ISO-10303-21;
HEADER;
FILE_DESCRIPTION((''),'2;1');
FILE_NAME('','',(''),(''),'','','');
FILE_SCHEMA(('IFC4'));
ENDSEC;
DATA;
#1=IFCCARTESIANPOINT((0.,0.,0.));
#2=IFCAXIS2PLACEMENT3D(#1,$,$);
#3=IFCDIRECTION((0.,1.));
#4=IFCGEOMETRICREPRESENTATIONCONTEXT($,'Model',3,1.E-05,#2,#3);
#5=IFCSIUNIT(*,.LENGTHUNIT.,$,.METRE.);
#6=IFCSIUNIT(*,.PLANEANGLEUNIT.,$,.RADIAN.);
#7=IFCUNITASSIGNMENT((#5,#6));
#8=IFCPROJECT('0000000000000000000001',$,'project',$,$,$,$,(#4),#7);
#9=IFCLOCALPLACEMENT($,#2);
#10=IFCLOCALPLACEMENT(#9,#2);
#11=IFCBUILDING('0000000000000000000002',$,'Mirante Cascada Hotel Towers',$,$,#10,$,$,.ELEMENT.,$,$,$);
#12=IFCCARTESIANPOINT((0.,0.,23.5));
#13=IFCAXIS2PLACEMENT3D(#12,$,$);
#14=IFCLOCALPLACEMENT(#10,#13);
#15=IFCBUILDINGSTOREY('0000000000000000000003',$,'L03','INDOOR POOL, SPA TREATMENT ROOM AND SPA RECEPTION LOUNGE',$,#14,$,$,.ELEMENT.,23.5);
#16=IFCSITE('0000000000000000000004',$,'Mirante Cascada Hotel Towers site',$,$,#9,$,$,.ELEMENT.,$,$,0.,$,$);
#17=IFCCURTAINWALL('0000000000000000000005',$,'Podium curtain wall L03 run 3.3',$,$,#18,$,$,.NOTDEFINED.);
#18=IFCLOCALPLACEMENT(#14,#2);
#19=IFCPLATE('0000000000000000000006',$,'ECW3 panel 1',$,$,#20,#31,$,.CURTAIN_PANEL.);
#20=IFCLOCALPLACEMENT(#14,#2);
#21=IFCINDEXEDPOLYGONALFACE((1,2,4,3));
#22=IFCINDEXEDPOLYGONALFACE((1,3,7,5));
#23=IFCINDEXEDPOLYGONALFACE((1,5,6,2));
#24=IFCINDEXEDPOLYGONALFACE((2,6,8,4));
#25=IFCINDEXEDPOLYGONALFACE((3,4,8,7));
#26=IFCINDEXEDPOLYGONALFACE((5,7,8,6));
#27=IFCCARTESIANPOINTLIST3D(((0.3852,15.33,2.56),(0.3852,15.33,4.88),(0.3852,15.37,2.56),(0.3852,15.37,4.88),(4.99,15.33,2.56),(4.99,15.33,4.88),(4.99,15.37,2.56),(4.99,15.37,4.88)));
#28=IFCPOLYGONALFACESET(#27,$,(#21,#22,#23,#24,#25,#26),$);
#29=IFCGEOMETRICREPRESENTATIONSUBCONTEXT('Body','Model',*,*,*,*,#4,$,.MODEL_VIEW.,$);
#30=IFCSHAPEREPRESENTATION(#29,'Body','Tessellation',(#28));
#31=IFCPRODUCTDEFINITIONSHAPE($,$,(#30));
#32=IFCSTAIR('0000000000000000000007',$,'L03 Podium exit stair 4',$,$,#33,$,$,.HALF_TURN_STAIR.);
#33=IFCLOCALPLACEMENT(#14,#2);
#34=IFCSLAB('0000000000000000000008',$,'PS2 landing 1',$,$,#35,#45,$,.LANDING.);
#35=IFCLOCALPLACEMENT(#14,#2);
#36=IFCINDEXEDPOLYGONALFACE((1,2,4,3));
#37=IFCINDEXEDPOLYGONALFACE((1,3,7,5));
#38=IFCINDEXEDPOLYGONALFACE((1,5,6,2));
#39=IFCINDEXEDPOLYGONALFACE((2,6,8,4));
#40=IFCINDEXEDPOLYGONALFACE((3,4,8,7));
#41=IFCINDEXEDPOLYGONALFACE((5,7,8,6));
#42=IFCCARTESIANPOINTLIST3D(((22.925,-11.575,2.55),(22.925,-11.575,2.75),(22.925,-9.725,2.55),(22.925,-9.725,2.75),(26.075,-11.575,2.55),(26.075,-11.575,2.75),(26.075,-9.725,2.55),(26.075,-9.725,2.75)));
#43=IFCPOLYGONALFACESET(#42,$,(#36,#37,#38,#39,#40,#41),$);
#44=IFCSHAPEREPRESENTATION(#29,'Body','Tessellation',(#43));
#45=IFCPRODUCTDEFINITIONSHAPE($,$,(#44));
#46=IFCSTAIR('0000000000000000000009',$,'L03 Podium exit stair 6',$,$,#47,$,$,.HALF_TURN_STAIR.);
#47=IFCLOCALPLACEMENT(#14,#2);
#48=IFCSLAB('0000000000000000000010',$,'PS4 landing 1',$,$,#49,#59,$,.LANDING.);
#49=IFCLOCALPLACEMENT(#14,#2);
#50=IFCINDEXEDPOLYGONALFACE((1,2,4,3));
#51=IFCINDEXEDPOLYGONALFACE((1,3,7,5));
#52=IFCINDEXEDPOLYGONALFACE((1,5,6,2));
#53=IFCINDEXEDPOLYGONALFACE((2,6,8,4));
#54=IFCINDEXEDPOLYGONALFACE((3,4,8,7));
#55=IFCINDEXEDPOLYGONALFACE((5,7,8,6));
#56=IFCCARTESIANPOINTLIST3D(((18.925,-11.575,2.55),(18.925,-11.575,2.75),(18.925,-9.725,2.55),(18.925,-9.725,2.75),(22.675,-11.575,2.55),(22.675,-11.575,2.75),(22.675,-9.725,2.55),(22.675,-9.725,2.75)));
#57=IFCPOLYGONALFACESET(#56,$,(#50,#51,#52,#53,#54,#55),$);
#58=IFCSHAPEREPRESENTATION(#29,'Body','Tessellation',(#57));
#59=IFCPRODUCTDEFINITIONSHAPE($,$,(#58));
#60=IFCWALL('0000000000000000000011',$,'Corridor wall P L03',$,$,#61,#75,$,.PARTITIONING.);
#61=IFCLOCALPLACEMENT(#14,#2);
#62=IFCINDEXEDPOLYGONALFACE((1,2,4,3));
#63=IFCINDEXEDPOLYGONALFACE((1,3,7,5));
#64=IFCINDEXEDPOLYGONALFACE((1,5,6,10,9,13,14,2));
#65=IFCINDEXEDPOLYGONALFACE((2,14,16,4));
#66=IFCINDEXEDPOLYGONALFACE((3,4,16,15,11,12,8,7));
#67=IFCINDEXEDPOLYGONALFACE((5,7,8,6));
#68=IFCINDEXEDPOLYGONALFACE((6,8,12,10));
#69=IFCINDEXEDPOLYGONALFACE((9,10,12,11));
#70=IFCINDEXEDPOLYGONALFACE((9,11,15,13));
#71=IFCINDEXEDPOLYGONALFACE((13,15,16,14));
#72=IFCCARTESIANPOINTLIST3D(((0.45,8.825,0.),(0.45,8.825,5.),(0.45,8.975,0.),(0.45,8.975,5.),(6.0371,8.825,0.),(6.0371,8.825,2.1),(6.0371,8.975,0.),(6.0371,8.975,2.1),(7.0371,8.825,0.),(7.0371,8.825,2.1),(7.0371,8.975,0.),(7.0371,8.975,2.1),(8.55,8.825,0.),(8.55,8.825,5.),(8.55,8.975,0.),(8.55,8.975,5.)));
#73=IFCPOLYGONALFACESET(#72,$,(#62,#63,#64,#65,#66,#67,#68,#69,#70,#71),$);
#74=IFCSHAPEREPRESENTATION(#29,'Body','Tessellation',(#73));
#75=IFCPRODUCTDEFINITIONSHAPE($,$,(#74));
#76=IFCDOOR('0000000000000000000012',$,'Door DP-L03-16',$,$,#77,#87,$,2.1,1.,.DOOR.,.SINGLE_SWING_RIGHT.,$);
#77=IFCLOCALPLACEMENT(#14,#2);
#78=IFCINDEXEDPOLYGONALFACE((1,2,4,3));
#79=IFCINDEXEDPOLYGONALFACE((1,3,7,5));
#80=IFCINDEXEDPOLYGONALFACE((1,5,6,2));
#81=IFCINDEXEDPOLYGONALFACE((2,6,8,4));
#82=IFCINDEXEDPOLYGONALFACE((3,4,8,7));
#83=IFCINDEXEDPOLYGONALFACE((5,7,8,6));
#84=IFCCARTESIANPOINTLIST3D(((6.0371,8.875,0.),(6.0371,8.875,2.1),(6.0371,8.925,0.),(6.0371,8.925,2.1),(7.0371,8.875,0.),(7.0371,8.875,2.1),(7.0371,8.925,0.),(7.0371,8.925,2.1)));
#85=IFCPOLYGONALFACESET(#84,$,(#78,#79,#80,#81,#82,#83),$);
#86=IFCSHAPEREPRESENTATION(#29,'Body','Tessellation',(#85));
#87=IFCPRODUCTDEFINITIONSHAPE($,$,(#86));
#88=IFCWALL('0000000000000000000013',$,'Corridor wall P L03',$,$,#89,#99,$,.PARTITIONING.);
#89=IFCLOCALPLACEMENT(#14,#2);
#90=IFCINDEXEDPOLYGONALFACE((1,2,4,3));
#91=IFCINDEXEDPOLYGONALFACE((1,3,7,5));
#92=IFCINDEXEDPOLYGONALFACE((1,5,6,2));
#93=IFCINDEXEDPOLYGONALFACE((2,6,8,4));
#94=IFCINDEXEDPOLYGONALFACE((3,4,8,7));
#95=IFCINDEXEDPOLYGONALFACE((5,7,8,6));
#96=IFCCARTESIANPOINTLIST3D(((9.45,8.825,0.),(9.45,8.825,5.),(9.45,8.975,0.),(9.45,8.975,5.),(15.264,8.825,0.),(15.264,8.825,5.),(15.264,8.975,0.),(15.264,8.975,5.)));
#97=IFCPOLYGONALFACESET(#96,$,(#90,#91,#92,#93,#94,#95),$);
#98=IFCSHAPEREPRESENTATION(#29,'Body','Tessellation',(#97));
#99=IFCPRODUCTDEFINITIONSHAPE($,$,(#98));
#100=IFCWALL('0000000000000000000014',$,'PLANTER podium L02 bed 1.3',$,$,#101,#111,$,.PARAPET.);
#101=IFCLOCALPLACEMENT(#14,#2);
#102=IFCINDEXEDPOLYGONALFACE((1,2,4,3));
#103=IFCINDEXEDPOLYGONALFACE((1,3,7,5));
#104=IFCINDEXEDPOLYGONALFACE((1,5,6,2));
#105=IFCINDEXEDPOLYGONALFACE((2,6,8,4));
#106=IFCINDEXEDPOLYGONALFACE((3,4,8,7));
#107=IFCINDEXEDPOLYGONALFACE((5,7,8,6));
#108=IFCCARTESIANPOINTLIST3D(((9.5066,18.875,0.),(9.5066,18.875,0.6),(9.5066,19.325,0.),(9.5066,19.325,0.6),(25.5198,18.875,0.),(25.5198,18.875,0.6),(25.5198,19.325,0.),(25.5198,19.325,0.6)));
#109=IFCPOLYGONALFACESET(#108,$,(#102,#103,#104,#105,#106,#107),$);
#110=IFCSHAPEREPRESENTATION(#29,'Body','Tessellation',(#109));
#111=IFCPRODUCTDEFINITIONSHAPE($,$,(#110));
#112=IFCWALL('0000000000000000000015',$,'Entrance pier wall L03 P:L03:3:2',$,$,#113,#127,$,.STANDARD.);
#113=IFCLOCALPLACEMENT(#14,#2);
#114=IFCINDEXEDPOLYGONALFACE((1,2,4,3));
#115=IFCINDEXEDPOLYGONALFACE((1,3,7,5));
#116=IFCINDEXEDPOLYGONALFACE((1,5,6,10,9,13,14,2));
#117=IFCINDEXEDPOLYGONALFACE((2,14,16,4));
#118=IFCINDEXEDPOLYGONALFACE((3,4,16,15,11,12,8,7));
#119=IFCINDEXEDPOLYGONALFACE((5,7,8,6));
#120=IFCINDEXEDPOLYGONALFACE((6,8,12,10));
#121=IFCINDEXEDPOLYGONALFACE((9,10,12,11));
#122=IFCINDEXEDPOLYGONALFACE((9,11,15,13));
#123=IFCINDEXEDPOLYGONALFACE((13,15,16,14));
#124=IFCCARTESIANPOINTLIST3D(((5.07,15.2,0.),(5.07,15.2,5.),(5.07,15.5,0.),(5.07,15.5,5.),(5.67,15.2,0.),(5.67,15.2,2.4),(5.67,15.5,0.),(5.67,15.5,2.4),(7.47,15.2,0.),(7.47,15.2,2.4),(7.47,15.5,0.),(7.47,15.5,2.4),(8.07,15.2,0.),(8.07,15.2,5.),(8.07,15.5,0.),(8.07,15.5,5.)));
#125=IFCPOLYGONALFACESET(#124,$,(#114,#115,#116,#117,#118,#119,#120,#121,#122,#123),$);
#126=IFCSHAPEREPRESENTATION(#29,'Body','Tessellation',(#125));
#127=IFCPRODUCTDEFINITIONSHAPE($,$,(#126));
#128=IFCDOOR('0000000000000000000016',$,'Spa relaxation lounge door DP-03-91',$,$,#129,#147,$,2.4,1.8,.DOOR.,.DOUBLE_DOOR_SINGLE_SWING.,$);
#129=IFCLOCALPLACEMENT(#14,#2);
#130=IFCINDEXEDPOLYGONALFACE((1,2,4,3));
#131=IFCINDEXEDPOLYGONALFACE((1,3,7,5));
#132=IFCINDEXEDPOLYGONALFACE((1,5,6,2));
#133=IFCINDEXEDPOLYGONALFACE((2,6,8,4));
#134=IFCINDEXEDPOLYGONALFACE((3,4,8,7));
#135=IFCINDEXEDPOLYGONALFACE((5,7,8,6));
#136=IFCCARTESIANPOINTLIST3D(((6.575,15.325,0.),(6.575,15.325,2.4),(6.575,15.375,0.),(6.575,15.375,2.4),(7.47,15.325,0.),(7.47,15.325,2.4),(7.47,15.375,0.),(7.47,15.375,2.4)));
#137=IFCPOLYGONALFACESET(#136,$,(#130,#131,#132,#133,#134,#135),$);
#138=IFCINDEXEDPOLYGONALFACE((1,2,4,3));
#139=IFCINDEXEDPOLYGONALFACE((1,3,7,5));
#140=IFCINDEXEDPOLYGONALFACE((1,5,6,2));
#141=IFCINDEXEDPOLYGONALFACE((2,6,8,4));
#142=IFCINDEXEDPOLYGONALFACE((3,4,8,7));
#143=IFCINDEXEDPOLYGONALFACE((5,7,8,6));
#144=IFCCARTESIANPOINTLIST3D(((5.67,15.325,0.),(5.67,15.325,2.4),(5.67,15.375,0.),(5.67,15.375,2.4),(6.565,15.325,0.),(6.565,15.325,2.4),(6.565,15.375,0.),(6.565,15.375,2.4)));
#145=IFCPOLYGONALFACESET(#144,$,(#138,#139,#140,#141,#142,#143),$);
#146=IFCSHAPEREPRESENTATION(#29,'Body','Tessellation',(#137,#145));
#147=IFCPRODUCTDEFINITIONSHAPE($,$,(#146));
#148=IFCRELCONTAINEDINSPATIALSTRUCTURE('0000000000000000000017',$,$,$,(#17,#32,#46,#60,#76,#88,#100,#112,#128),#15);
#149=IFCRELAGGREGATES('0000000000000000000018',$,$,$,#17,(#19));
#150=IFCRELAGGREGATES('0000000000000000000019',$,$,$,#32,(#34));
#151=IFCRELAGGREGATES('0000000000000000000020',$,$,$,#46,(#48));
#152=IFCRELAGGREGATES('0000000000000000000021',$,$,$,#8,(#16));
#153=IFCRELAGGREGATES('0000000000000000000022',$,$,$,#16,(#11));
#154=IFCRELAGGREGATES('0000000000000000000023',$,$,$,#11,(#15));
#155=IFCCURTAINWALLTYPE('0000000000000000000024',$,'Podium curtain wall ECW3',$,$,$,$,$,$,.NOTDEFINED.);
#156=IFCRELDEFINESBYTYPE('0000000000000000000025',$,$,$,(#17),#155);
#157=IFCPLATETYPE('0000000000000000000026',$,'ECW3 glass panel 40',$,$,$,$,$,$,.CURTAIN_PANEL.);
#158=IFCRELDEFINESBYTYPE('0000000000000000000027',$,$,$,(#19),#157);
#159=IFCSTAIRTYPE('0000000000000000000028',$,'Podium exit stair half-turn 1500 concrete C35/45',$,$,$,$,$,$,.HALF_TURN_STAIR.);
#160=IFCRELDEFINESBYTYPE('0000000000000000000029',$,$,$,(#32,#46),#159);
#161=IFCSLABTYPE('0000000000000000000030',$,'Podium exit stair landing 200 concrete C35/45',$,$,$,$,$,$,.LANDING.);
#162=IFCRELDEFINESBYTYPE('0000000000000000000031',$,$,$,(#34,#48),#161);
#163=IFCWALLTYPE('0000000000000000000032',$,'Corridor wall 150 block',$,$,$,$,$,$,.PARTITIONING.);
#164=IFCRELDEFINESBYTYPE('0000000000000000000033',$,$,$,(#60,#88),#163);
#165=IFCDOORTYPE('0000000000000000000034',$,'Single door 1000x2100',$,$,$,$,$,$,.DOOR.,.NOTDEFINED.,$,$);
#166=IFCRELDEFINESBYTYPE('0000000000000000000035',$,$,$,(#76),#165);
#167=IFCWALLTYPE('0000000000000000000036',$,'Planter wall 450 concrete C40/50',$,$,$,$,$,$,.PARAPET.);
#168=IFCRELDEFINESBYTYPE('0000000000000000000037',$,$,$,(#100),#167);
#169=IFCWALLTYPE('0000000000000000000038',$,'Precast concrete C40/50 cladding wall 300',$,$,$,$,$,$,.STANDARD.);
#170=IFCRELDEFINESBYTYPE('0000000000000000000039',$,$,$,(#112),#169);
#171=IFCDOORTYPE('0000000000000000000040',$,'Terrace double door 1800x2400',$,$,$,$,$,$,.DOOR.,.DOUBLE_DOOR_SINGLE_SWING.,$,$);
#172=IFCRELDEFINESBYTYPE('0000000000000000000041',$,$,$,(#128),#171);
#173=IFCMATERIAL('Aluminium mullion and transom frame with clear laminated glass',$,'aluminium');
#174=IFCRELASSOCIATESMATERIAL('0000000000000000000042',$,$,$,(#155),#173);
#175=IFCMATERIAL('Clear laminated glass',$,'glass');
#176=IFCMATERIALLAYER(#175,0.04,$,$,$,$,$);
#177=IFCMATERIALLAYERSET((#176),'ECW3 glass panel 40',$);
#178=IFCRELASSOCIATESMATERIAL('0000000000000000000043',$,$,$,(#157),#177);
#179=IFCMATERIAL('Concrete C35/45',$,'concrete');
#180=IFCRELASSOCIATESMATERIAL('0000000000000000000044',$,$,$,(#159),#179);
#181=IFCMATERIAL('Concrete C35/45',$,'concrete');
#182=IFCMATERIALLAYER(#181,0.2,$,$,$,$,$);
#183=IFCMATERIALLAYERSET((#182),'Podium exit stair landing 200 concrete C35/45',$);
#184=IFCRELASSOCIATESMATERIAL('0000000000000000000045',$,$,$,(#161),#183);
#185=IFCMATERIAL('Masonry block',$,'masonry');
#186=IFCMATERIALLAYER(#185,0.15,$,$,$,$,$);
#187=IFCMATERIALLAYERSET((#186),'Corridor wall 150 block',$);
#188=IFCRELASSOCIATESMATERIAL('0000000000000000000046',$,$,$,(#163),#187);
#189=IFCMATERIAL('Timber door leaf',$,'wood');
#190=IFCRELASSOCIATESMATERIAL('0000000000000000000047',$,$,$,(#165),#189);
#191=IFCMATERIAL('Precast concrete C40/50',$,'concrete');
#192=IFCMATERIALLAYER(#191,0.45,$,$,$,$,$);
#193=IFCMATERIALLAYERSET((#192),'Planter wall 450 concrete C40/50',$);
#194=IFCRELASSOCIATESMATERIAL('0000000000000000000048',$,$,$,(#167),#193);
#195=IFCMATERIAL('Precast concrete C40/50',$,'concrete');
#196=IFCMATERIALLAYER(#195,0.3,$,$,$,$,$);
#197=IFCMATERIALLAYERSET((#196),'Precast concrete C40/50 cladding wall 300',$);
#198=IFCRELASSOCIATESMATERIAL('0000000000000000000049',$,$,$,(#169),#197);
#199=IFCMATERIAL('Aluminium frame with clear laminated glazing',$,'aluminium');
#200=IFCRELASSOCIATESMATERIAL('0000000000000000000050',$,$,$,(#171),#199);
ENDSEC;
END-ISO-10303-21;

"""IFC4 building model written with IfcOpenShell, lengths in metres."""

from ifc_helpers import new_model, si_unit, direction, frame, frame_2d, origin, origin_2d, place, context, subcontext, project, spatial, polyline, rectangle, outline, extrude, material, layer, layer_set, type_object, element, fill, aggregate, save


model = new_model("IFC4")

# Units and contexts
model_context = context("Model", 3, precision=1e-05, world=origin(), true_north=direction((0.0, 1.0)))
body_context = subcontext(model_context, "Body", "Model", "MODEL_VIEW")
ifc_project = project(units=[si_unit("LENGTHUNIT", "METRE"), si_unit("PLANEANGLEUNIT", "RADIAN")], contexts=[model_context])

# Site, building, storey
site_placement = place(None, origin())
site = spatial("IfcSite", under=ifc_project, at=site_placement, Name="Mirante Cascada Hotel Towers site", CompositionType="ELEMENT", RefElevation=0.0)
building_placement = place(site_placement, origin())
building = spatial("IfcBuilding", under=site, at=building_placement, Name="Mirante Cascada Hotel Towers", CompositionType="ELEMENT")
storey_placement = place(building_placement, frame((0.0, 0.0, 23.5)))
storey = spatial("IfcBuildingStorey", under=building, at=storey_placement, Name="L03", Description="INDOOR POOL, SPA TREATMENT ROOM AND SPA RECEPTION LOUNGE", CompositionType="ELEMENT", Elevation=23.5)

# Curtain wall
ifc_material_1 = material(Name="Aluminium mullion and transom frame with clear laminated glass", Category="aluminium")
curtain_wall_type = type_object("IfcCurtainWallType", Name="Podium curtain wall ECW3", PredefinedType="NOTDEFINED", material=ifc_material_1)
curtain_wall_1_placement = place(storey_placement, origin())
curtain_wall_1 = element("IfcCurtainWall", 1, at=curtain_wall_1_placement, inside=storey, type_object=curtain_wall_type, Name="Podium curtain wall L03 run 3.3", PredefinedType="NOTDEFINED")

# Plate
ifc_material_2 = material(Name="Clear laminated glass", Category="glass")
ifc_layer_1 = layer(ifc_material_2, 0.04)
ifc_layer_set_1 = layer_set([ifc_layer_1], Name="ECW3 glass panel 40")
plate_type = type_object("IfcPlateType", Name="ECW3 glass panel 40", PredefinedType="CURTAIN_PANEL", material=ifc_layer_set_1)
plate_1_placement = place(storey_placement, frame((2.6876, 15.35, 2.56), z_axis=(0.0, 0.0, 1.0), x_axis=(-1.0, 0.0, 0.0)))
plate_1 = element("IfcPlate", 2, at=plate_1_placement, type_object=plate_type, Name="ECW3 panel 1", PredefinedType="CURTAIN_PANEL", context=body_context, shape_type="SweptSolid", body=[
    extrude(rectangle(XDim=4.6048, YDim=0.04, at=origin_2d()), origin(), (0.0, 0.0, 1.0), 2.32),
])
aggregate(curtain_wall_1, [plate_1])

# Stairs, slabs
ifc_material_3 = material(Name="Concrete C35/45", Category="concrete")
stair_type = type_object("IfcStairType", Name="Podium exit stair half-turn 1500 concrete C35/45", PredefinedType="HALF_TURN_STAIR", material=ifc_material_3)
stair_1_placement = place(storey_placement, origin())
stair_1 = element("IfcStair", 3, at=stair_1_placement, inside=storey, type_object=stair_type, Name="L03 Podium exit stair 4", PredefinedType="HALF_TURN_STAIR")
ifc_material_4 = material(Name="Concrete C35/45", Category="concrete")
ifc_layer_2 = layer(ifc_material_4, 0.2)
ifc_layer_set_2 = layer_set([ifc_layer_2], Name="Podium exit stair landing 200 concrete C35/45")
slab_type = type_object("IfcSlabType", Name="Podium exit stair landing 200 concrete C35/45", PredefinedType="LANDING", material=ifc_layer_set_2)
slab_1_placement = place(storey_placement, frame((0.0, 0.0, 2.55)))
slab_1 = element("IfcSlab", 4, at=slab_1_placement, type_object=slab_type, Name="PS2 landing 1", PredefinedType="LANDING", context=body_context, shape_type="SweptSolid", body=[
    extrude(outline(polyline([(26.075, -11.575), (26.075, -9.725), (22.925, -9.725), (22.925, -11.575), (26.075, -11.575)])), origin(), (0.0, 0.0, 1.0), 0.2),
])
aggregate(stair_1, [slab_1])
stair_2_placement = place(storey_placement, origin())
stair_2 = element("IfcStair", 5, at=stair_2_placement, inside=storey, type_object=stair_type, Name="L03 Podium exit stair 6", PredefinedType="HALF_TURN_STAIR")
slab_2_placement = place(storey_placement, frame((0.0, 0.0, 2.55)))
slab_2 = element("IfcSlab", 6, at=slab_2_placement, type_object=slab_type, Name="PS4 landing 1", PredefinedType="LANDING", context=body_context, shape_type="SweptSolid", body=[
    extrude(outline(polyline([(22.675, -11.575), (22.675, -9.725), (18.925, -9.725), (18.925, -11.575), (22.675, -11.575)])), origin(), (0.0, 0.0, 1.0), 0.2),
])
aggregate(stair_2, [slab_2])

# Wall, opening, door
ifc_material_5 = material(Name="Masonry block", Category="masonry")
ifc_layer_3 = layer(ifc_material_5, 0.15)
ifc_layer_set_3 = layer_set([ifc_layer_3], Name="Corridor wall 150 block")
wall_type_1 = type_object("IfcWallType", Name="Corridor wall 150 block", PredefinedType="PARTITIONING", material=ifc_layer_set_3)
wall_1_placement = place(storey_placement, frame((0.45, 8.9, 0.0), z_axis=(0.0, 0.0, 1.0), x_axis=(1.0, 0.0, 0.0)))
wall_1 = element("IfcWall", 7, at=wall_1_placement, inside=storey, type_object=wall_type_1, Name="Corridor wall P L03", PredefinedType="PARTITIONING", context=body_context, shape_type="SweptSolid", body=[
    extrude(rectangle(XDim=8.1, YDim=0.15, at=frame_2d((4.05, 0.0))), origin(), (0.0, 0.0, 1.0), 5.0),
])
opening_1_placement = place(wall_1_placement, frame((5.5871, 0.0, 0.0)))
opening_1 = element("IfcOpeningElement", 8, at=opening_1_placement, cuts=wall_1, PredefinedType="OPENING", context=body_context, shape_type="SweptSolid", body=[
    extrude(rectangle(XDim=1.0, YDim=2.1, at=frame_2d((0.5, 1.05))), frame((0.0, 0.075, 0.0), z_axis=(0.0, -1.0, 0.0), x_axis=(1.0, 0.0, 0.0)), (0.0, 0.0, 1.0), 0.15),
])
ifc_material_6 = material(Name="Timber door leaf", Category="wood")
door_type_1 = type_object("IfcDoorType", Name="Single door 1000x2100", OperationType="NOTDEFINED", PredefinedType="DOOR", material=ifc_material_6)
door_1_placement = place(opening_1_placement, frame((1.0, 0.0, 0.0), z_axis=(0.0, 0.0, 1.0), x_axis=(-1.0, 0.0, 0.0)))
door_1 = element("IfcDoor", 9, at=door_1_placement, inside=storey, type_object=door_type_1, Name="Door DP-L03-16", OperationType="SINGLE_SWING_RIGHT", OverallHeight=2.1, OverallWidth=1.0, PredefinedType="DOOR", context=body_context, shape_type="SweptSolid", body=[
    extrude(rectangle(XDim=1.0, YDim=2.1, at=frame_2d((0.5, 1.05))), frame((0.0, 0.025, 0.0), z_axis=(0.0, -1.0, 0.0), x_axis=(1.0, 0.0, 0.0)), (0.0, 0.0, 1.0), 0.05),
])
fill(opening_1, door_1)

# Walls
wall_2_placement = place(storey_placement, frame((9.45, 8.9, 0.0), z_axis=(0.0, 0.0, 1.0), x_axis=(1.0, 0.0, 0.0)))
element("IfcWall", 10, at=wall_2_placement, inside=storey, type_object=wall_type_1, Name="Corridor wall P L03", PredefinedType="PARTITIONING", context=body_context, shape_type="SweptSolid", body=[
    extrude(rectangle(XDim=5.814, YDim=0.15, at=frame_2d((2.907, 0.0))), origin(), (0.0, 0.0, 1.0), 5.0),
])
ifc_material_7 = material(Name="Precast concrete C40/50", Category="concrete")
ifc_layer_4 = layer(ifc_material_7, 0.45)
ifc_layer_set_4 = layer_set([ifc_layer_4], Name="Planter wall 450 concrete C40/50")
wall_type_2 = type_object("IfcWallType", Name="Planter wall 450 concrete C40/50", PredefinedType="PARAPET", material=ifc_layer_set_4)
wall_3_placement = place(storey_placement, frame((9.5066, 19.1, 0.0), z_axis=(0.0, 0.0, 1.0), x_axis=(1.0, 0.0, 0.0)))
element("IfcWall", 11, at=wall_3_placement, inside=storey, type_object=wall_type_2, Name="PLANTER podium L02 bed 1.3", PredefinedType="PARAPET", context=body_context, shape_type="SweptSolid", body=[
    extrude(rectangle(XDim=16.0132, YDim=0.45, at=frame_2d((8.0066, 0.0))), origin(), (0.0, 0.0, 1.0), 0.6),
])

# Wall, opening, door
ifc_material_8 = material(Name="Precast concrete C40/50", Category="concrete")
ifc_layer_5 = layer(ifc_material_8, 0.3)
ifc_layer_set_5 = layer_set([ifc_layer_5], Name="Precast concrete C40/50 cladding wall 300")
wall_type_3 = type_object("IfcWallType", Name="Precast concrete C40/50 cladding wall 300", PredefinedType="STANDARD", material=ifc_layer_set_5)
wall_4_placement = place(storey_placement, frame((8.07, 15.35, 0.0), z_axis=(0.0, 0.0, 1.0), x_axis=(-1.0, 0.0, 0.0)))
wall_4 = element("IfcWall", 12, at=wall_4_placement, inside=storey, type_object=wall_type_3, Name="Entrance pier wall L03 P:L03:3:2", PredefinedType="STANDARD", context=body_context, shape_type="SweptSolid", body=[
    extrude(rectangle(XDim=3.0, YDim=0.3, at=frame_2d((1.5, 0.0))), origin(), (0.0, 0.0, 1.0), 5.0),
])
opening_2_placement = place(wall_4_placement, frame((0.6, 0.0, 0.0)))
opening_2 = element("IfcOpeningElement", 13, at=opening_2_placement, cuts=wall_4, PredefinedType="OPENING", context=body_context, shape_type="SweptSolid", body=[
    extrude(rectangle(XDim=1.8, YDim=2.4, at=frame_2d((0.9, 1.2))), frame((0.0, 0.15, 0.0), z_axis=(0.0, -1.0, 0.0), x_axis=(1.0, 0.0, 0.0)), (0.0, 0.0, 1.0), 0.3),
])
ifc_material_9 = material(Name="Aluminium frame with clear laminated glazing", Category="aluminium")
door_type_2 = type_object("IfcDoorType", Name="Terrace double door 1800x2400", OperationType="DOUBLE_DOOR_SINGLE_SWING", PredefinedType="DOOR", material=ifc_material_9)
door_2_placement = place(opening_2_placement, origin())
door_2 = element("IfcDoor", 14, at=door_2_placement, inside=storey, type_object=door_type_2, Name="Spa relaxation lounge door DP-03-91", OperationType="DOUBLE_DOOR_SINGLE_SWING", OverallHeight=2.4, OverallWidth=1.8, PredefinedType="DOOR", context=body_context, shape_type="SweptSolid", body=[
    extrude(rectangle(XDim=0.895, YDim=2.4, at=frame_2d((0.4475, 1.2))), frame((0.0, 0.025, 0.0), z_axis=(0.0, -1.0, 0.0), x_axis=(1.0, 0.0, 0.0)), (0.0, 0.0, 1.0), 0.05),
    extrude(rectangle(XDim=0.895, YDim=2.4, at=frame_2d((1.3525, 1.2))), frame((0.0, 0.025, 0.0), z_axis=(0.0, -1.0, 0.0), x_axis=(1.0, 0.0, 0.0)), (0.0, 0.0, 1.0), 0.05),
])
fill(opening_2, door_2)

save(model, "model.ifc")
